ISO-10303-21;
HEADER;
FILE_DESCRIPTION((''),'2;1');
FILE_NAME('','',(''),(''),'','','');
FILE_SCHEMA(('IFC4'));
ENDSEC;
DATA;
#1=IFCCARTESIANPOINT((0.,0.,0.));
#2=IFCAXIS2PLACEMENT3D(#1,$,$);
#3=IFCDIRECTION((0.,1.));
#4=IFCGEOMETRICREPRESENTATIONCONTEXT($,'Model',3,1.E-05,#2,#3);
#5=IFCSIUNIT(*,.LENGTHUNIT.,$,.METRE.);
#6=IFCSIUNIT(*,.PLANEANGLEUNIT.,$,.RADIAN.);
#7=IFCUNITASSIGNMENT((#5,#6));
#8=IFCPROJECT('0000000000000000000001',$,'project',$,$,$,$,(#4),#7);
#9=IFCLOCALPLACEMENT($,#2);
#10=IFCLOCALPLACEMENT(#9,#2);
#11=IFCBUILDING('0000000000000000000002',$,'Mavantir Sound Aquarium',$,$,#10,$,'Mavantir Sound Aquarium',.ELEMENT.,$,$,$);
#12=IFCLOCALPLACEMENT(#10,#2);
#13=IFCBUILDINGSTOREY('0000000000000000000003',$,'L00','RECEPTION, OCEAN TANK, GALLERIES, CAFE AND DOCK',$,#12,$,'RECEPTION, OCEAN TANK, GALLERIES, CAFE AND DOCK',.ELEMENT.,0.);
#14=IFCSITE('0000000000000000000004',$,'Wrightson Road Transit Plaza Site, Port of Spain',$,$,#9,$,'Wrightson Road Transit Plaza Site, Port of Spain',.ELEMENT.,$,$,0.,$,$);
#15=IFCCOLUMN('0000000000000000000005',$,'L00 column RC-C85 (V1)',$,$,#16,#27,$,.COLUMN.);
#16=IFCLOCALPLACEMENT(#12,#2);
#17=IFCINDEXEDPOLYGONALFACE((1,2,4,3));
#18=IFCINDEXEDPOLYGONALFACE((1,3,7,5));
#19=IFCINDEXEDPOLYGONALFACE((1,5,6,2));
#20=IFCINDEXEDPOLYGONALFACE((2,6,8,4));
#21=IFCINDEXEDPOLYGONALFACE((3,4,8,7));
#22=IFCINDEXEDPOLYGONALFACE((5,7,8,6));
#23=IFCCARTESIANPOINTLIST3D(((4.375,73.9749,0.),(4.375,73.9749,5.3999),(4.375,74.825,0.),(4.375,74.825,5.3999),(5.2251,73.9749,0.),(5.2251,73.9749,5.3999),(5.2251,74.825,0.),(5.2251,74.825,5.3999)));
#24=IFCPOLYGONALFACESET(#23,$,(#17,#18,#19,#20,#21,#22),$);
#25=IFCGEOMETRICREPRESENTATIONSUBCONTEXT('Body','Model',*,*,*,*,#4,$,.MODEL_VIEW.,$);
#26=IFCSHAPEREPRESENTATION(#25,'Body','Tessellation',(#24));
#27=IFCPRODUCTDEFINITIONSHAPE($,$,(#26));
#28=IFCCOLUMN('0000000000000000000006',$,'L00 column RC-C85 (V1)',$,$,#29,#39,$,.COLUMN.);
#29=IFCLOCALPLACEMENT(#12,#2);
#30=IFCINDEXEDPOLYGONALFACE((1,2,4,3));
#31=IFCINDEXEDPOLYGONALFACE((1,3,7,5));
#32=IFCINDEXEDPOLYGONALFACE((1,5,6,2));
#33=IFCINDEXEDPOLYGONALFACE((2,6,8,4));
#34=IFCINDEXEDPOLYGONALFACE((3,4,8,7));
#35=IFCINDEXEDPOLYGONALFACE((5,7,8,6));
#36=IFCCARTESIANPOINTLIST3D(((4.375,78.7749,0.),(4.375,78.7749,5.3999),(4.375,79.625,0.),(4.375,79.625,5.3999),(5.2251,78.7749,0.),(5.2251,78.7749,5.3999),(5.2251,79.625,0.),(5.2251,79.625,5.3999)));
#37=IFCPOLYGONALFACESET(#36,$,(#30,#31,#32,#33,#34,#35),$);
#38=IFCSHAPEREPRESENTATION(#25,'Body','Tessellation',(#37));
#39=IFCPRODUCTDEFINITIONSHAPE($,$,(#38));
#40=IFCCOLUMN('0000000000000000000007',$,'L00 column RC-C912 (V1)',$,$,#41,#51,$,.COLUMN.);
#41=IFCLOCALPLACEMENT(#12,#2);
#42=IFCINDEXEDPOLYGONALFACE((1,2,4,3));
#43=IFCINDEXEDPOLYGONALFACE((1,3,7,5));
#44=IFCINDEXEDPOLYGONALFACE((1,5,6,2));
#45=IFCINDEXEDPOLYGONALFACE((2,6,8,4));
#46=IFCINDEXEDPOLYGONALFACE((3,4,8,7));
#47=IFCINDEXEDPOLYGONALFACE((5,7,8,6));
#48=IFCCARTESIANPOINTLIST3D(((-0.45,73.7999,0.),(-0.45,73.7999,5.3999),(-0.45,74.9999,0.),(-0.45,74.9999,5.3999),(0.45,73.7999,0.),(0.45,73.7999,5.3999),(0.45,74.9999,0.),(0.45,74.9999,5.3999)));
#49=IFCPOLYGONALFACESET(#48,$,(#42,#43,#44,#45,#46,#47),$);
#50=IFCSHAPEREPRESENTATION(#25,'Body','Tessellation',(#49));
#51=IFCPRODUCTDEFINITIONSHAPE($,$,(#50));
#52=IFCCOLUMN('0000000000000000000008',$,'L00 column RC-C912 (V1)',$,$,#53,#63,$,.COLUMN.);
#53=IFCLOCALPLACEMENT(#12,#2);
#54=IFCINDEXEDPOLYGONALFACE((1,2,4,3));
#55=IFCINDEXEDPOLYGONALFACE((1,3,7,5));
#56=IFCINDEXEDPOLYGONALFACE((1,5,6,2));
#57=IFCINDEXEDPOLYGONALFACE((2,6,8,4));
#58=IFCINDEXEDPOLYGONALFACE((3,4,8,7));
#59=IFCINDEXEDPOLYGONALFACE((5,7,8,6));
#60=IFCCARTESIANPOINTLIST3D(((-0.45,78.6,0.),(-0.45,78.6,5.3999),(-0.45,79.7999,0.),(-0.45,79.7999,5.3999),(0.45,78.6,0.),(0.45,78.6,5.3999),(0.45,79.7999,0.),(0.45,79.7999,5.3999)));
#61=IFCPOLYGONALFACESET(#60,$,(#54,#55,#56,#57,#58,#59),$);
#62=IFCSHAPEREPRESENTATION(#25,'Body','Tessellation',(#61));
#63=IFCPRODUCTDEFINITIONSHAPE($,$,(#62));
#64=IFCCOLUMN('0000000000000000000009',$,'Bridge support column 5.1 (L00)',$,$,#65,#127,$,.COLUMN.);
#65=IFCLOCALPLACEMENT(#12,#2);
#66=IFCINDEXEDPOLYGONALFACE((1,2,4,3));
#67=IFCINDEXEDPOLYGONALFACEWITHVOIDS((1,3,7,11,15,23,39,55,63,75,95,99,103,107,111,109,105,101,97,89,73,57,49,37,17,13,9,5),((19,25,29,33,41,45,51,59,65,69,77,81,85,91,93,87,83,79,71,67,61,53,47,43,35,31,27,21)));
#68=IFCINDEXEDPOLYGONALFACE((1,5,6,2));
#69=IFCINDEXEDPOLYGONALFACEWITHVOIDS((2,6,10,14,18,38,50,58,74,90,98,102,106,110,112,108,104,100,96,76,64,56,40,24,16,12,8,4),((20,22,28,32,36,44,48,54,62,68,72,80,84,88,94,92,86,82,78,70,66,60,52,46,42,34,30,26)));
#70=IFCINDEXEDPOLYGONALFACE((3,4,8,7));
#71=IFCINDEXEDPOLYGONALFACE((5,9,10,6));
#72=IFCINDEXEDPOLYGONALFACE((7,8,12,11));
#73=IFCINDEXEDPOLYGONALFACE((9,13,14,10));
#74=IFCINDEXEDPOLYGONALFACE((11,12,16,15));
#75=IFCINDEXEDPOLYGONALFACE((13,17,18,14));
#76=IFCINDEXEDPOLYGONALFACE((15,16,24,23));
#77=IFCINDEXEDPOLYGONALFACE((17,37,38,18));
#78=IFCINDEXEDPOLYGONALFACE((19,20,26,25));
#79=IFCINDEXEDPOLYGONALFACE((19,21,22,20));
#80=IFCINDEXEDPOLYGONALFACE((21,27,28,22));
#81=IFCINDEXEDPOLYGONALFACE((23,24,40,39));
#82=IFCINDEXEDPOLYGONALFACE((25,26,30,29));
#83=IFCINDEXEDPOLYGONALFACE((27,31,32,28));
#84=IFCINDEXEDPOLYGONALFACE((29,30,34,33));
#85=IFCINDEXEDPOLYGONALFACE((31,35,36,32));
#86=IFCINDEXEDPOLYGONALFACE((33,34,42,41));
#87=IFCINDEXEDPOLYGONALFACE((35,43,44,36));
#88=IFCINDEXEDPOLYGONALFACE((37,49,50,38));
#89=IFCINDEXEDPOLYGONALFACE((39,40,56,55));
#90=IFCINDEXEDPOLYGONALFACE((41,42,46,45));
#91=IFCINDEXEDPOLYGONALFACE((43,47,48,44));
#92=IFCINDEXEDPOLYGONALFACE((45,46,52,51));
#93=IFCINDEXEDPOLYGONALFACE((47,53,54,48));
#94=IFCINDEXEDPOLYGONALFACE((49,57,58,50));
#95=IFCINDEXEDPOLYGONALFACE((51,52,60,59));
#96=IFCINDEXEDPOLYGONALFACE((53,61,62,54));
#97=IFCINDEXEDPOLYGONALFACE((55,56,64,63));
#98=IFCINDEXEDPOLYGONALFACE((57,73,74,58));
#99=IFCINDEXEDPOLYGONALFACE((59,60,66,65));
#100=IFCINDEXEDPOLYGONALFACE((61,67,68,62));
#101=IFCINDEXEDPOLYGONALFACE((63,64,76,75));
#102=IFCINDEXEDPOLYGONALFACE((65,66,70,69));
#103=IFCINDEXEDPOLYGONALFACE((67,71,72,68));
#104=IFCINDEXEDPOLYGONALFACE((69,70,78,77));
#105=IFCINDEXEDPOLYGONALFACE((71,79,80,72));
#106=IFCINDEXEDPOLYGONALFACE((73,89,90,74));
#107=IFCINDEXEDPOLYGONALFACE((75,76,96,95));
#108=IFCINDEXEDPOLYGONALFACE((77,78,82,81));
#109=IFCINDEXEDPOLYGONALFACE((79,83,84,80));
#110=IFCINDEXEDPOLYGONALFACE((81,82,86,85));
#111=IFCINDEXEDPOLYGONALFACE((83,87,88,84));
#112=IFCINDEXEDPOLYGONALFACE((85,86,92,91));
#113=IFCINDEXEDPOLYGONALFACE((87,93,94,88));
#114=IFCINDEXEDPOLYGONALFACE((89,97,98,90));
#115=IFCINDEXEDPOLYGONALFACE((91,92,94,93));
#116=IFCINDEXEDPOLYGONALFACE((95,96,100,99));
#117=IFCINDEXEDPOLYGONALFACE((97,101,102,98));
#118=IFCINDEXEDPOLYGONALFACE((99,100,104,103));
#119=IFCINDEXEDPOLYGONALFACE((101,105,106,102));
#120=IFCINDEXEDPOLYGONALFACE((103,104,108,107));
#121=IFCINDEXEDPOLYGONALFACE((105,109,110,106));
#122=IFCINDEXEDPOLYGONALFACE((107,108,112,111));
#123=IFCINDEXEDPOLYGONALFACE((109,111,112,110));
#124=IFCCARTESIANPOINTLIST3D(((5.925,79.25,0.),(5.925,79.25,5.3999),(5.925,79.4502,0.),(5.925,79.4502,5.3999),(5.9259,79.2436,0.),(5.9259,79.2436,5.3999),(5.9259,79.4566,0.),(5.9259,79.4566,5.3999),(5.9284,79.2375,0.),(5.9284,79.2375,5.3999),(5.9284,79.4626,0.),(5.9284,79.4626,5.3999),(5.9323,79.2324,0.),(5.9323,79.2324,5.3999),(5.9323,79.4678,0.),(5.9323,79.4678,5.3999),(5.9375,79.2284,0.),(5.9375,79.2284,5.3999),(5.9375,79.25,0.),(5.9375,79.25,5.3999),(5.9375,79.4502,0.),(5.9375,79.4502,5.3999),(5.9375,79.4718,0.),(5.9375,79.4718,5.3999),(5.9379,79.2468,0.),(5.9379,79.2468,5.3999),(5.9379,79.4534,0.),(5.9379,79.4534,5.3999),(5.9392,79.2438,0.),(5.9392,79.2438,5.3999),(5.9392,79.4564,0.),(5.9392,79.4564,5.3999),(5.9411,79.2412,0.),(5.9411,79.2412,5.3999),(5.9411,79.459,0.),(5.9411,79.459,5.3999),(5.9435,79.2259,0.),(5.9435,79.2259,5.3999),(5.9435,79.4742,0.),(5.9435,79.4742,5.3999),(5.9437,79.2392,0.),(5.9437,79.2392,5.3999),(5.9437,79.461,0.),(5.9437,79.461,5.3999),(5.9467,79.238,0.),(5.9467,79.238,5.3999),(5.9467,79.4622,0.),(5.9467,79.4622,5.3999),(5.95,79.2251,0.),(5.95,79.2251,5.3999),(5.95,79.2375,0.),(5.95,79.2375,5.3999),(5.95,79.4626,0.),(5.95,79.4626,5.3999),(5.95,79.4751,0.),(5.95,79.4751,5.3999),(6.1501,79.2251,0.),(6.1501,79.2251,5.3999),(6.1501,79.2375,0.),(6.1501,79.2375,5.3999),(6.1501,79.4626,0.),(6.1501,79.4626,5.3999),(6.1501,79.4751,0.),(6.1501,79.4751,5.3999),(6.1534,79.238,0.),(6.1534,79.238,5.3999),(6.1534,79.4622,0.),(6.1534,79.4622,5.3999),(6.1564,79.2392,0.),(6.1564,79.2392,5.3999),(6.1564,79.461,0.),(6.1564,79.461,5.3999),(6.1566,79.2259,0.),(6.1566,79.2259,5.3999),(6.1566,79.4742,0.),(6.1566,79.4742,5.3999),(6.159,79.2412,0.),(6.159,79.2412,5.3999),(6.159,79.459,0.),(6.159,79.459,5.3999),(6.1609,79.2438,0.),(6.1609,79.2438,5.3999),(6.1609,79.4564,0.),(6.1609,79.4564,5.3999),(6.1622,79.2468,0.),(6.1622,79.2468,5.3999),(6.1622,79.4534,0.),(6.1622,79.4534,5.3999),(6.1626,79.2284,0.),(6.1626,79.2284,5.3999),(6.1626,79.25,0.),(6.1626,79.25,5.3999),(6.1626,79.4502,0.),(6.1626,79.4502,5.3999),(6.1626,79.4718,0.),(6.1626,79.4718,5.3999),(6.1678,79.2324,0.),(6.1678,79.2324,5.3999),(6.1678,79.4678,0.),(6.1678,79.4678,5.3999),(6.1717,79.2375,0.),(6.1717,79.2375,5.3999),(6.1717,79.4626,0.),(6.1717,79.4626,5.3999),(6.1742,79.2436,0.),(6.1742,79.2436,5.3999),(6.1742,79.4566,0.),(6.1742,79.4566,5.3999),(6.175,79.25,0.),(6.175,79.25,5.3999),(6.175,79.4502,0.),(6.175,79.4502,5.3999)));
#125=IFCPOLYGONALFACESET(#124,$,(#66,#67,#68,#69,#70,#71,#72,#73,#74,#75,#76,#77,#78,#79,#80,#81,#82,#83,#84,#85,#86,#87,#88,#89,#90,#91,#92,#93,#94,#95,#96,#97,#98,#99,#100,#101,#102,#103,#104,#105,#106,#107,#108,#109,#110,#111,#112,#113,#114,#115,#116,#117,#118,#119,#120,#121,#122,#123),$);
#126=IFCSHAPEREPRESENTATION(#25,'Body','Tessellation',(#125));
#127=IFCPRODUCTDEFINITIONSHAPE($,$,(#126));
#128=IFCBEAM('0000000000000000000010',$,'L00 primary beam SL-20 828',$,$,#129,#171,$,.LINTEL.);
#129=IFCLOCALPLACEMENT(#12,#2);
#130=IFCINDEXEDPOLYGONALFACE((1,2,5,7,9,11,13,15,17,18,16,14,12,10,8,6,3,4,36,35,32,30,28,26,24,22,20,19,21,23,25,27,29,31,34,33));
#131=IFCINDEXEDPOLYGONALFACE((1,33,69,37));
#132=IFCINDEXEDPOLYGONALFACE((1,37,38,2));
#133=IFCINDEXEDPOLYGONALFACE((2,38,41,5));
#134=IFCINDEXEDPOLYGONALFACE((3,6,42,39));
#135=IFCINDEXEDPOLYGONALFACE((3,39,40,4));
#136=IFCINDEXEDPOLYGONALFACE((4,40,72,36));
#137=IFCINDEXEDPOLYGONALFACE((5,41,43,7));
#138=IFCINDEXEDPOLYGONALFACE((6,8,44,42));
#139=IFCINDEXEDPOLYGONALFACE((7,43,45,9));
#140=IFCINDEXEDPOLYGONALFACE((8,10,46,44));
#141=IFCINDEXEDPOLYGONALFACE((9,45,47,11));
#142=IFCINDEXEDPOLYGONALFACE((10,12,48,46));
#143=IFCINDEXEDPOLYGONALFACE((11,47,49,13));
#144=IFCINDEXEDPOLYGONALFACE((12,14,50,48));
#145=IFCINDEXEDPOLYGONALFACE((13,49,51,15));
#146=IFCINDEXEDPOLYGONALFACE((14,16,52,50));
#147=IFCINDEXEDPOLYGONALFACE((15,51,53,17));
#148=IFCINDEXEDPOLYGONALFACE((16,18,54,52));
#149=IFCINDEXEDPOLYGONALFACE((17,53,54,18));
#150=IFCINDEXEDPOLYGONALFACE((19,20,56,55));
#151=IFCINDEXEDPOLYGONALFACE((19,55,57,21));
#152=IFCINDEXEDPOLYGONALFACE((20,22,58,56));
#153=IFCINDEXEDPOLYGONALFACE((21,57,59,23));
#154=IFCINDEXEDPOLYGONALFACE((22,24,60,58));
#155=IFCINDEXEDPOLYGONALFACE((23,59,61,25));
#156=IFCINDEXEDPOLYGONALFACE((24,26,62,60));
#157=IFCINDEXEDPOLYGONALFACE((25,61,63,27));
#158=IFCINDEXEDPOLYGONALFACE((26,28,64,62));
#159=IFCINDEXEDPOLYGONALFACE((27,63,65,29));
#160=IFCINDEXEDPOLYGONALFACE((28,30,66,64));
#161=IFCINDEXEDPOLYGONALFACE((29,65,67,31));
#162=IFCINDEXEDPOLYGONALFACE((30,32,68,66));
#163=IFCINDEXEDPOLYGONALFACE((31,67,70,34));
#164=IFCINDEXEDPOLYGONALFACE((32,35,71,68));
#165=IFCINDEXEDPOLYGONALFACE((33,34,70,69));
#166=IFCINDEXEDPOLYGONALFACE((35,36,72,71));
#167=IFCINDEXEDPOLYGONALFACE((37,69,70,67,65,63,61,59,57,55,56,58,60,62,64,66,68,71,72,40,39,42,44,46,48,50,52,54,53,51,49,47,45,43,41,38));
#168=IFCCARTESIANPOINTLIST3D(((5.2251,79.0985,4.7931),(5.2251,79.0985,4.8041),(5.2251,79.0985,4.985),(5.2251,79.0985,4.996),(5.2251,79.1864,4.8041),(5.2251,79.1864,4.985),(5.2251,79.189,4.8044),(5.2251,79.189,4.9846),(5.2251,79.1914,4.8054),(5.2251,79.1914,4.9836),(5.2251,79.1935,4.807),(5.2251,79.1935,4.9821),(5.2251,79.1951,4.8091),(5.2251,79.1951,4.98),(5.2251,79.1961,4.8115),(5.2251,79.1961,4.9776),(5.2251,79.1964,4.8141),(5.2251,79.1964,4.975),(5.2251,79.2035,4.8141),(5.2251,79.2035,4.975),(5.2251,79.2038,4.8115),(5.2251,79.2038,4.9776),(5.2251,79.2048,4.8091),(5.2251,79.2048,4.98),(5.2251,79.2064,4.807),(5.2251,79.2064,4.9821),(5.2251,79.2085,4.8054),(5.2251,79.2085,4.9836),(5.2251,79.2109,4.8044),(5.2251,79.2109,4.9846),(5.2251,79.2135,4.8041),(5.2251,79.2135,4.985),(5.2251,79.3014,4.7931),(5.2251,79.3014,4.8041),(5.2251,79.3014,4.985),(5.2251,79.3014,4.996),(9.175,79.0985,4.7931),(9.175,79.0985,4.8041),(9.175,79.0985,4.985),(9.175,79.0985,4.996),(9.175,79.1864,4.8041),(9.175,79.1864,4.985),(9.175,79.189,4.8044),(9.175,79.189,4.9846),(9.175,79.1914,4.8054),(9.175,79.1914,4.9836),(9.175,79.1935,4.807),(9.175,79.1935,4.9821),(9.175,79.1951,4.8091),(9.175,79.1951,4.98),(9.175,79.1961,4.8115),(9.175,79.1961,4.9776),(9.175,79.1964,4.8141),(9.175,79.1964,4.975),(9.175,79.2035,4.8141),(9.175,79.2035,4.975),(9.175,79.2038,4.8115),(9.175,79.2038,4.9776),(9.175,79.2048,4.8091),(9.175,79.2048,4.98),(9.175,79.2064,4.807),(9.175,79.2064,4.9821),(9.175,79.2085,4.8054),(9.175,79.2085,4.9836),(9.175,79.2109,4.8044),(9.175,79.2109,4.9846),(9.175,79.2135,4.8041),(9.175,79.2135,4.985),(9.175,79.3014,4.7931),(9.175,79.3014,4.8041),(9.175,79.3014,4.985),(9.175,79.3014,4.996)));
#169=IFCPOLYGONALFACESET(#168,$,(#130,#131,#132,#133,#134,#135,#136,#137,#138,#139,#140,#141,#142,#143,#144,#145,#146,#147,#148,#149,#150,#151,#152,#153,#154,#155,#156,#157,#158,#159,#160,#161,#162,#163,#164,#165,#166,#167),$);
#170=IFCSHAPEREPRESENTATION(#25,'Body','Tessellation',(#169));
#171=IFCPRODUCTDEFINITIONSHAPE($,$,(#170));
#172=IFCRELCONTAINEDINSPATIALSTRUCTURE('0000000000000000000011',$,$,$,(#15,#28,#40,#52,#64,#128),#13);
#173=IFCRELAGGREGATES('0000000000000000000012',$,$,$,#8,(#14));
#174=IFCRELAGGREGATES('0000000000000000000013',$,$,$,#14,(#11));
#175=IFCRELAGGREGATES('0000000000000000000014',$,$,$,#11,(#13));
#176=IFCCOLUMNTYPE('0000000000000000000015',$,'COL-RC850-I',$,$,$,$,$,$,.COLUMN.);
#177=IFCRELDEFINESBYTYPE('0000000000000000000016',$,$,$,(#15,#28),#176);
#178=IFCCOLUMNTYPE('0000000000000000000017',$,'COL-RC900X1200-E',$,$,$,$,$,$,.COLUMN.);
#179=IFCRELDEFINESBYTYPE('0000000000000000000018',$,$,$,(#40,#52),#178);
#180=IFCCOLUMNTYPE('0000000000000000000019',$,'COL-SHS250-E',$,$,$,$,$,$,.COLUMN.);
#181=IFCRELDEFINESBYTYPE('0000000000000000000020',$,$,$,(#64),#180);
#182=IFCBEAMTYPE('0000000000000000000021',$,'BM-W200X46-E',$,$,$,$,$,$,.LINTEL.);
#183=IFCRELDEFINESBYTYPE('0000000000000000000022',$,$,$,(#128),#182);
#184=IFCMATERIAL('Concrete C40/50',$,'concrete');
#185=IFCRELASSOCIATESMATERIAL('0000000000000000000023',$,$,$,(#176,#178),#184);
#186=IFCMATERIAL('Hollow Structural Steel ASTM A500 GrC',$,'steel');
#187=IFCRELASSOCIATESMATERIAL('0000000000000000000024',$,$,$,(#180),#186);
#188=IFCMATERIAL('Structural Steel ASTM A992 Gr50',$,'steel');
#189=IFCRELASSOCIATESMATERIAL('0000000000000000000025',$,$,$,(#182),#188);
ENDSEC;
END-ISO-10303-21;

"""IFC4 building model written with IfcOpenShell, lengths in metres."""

from ifc_helpers import new_model, si_unit, direction, frame, origin, origin_2d, place, context, subcontext, project, spatial, rectangle, hollow_rectangle, i_section, extrude, material, material_profile, profile_set, type_object, element, save


model = new_model("IFC4")

# Units and contexts
model_context = context("Model", 3, precision=1e-05, world=origin(), true_north=direction((0.0, 1.0)))
body_context = subcontext(model_context, "Body", "Model", "MODEL_VIEW")
ifc_project = project(units=[si_unit("LENGTHUNIT", "METRE"), si_unit("PLANEANGLEUNIT", "RADIAN")], contexts=[model_context])

# Site, building, storey
site_placement = place(None, origin())
site = spatial("IfcSite", under=ifc_project, at=site_placement, Name="Wrightson Road Transit Plaza Site, Port of Spain", LongName="Wrightson Road Transit Plaza Site, Port of Spain", CompositionType="ELEMENT", RefElevation=0.0)
building_placement = place(site_placement, origin())
building = spatial("IfcBuilding", under=site, at=building_placement, Name="Mavantir Sound Aquarium", LongName="Mavantir Sound Aquarium", CompositionType="ELEMENT")
storey_placement = place(building_placement, origin())
storey = spatial("IfcBuildingStorey", under=building, at=storey_placement, Name="L00", Description="RECEPTION, OCEAN TANK, GALLERIES, CAFE AND DOCK", LongName="RECEPTION, OCEAN TANK, GALLERIES, CAFE AND DOCK", CompositionType="ELEMENT", Elevation=0.0)

# Columns
ifc_material_1 = material(Name="Concrete C40/50", Category="concrete")
ifc_material_profile_1 = material_profile(ifc_material_1, rectangle(XDim=0.8501, YDim=0.8501, at=origin_2d()), Name="RC 850X850")
ifc_profile_set_1 = profile_set([ifc_material_profile_1], Name="Concrete C40/50")
column_type_1 = type_object("IfcColumnType", Name="COL-RC850-I", PredefinedType="COLUMN", material=ifc_profile_set_1)
for number, where, z_axis, x_axis, name in (
    (1, (4.8, 74.3999, 0.0), (0.0, 0.0, 1.0), (1.0, 0.0, 0.0), "L00 column RC-C85 (V1)"),
    (2, (4.8, 79.2, 0.0), (0.0, 0.0, 1.0), (1.0, 0.0, 0.0), "L00 column RC-C85 (V1)"),
):
    element("IfcColumn", number, at=place(storey_placement, frame(where, z_axis=z_axis, x_axis=x_axis)), inside=storey, type_object=column_type_1, Name=name, PredefinedType="COLUMN", context=body_context, shape_type="SweptSolid", body=[
        extrude(rectangle(XDim=0.8501, YDim=0.8501, at=origin_2d()), origin(), (0.0, 0.0, 1.0), 5.3999),
    ])
ifc_material_profile_2 = material_profile(ifc_material_1, rectangle(XDim=0.8999, YDim=1.2, at=origin_2d()), Name="RC 900X1200")
ifc_profile_set_2 = profile_set([ifc_material_profile_2], Name="Concrete C40/50")
column_type_2 = type_object("IfcColumnType", Name="COL-RC900X1200-E", PredefinedType="COLUMN", material=ifc_profile_set_2)
for number, where, z_axis, x_axis, name in (
    (3, (0.0, 74.3999, 0.0), (0.0, 0.0, 1.0), (1.0, 0.0, 0.0), "L00 column RC-C912 (V1)"),
    (4, (0.0, 79.2, 0.0), (0.0, 0.0, 1.0), (1.0, 0.0, 0.0), "L00 column RC-C912 (V1)"),
):
    element("IfcColumn", number, at=place(storey_placement, frame(where, z_axis=z_axis, x_axis=x_axis)), inside=storey, type_object=column_type_2, Name=name, PredefinedType="COLUMN", context=body_context, shape_type="SweptSolid", body=[
        extrude(rectangle(XDim=0.8999, YDim=1.2, at=origin_2d()), origin(), (0.0, 0.0, 1.0), 5.3999),
    ])
ifc_material_2 = material(Name="Hollow Structural Steel ASTM A500 GrC", Category="steel")
ifc_material_profile_3 = material_profile(ifc_material_2, hollow_rectangle(XDim=0.25, YDim=0.25, WallThickness=0.0125, InnerFilletRadius=0.0125, OuterFilletRadius=0.0249, at=origin_2d()), Name="SHS 250X250X12.5")
ifc_profile_set_3 = profile_set([ifc_material_profile_3], Name="Hollow Structural Steel ASTM A500 GrC")
column_type_3 = type_object("IfcColumnType", Name="COL-SHS250-E", PredefinedType="COLUMN", material=ifc_profile_set_3)
column_placement = place(storey_placement, frame((6.05, 79.3501, 0.0), z_axis=(0.0, 0.0, 1.0), x_axis=(1.0, 0.0, 0.0)))
element("IfcColumn", 5, at=column_placement, inside=storey, type_object=column_type_3, Name="Bridge support column 5.1 (L00)", PredefinedType="COLUMN", context=body_context, shape_type="SweptSolid", body=[
    extrude(hollow_rectangle(XDim=0.25, YDim=0.25, WallThickness=0.0125, InnerFilletRadius=0.0125, OuterFilletRadius=0.0249, at=origin_2d()), origin(), (0.0, 0.0, 1.0), 5.3999),
])

# Beam
ifc_material_3 = material(Name="Structural Steel ASTM A992 Gr50", Category="steel")
ifc_material_profile_4 = material_profile(ifc_material_3, i_section(OverallWidth=0.2029, OverallDepth=0.2029, WebThickness=0.0071, FlangeThickness=0.011, FilletRadius=0.01, at=origin_2d()), Name="W200X46")
ifc_profile_set_4 = profile_set([ifc_material_profile_4], Name="Structural Steel ASTM A992 Gr50")
beam_type_1 = type_object("IfcBeamType", Name="BM-W200X46-E", PredefinedType="LINTEL", material=ifc_profile_set_4)
beam_1_placement = place(storey_placement, frame((5.2251, 79.2, 4.8945), z_axis=(1.0, 0.0, 0.0), x_axis=(0.0, 1.0, 0.0)))
element("IfcBeam", 6, at=beam_1_placement, inside=storey, type_object=beam_type_1, Name="L00 primary beam SL-20 828", PredefinedType="LINTEL", context=body_context, shape_type="SweptSolid", body=[
    extrude(i_section(OverallWidth=0.2029, OverallDepth=0.2029, WebThickness=0.0071, FlangeThickness=0.011, FilletRadius=0.01, at=origin_2d()), origin(), (0.0, 0.0, 1.0), 3.95),
])

save(model, "model.ifc")
